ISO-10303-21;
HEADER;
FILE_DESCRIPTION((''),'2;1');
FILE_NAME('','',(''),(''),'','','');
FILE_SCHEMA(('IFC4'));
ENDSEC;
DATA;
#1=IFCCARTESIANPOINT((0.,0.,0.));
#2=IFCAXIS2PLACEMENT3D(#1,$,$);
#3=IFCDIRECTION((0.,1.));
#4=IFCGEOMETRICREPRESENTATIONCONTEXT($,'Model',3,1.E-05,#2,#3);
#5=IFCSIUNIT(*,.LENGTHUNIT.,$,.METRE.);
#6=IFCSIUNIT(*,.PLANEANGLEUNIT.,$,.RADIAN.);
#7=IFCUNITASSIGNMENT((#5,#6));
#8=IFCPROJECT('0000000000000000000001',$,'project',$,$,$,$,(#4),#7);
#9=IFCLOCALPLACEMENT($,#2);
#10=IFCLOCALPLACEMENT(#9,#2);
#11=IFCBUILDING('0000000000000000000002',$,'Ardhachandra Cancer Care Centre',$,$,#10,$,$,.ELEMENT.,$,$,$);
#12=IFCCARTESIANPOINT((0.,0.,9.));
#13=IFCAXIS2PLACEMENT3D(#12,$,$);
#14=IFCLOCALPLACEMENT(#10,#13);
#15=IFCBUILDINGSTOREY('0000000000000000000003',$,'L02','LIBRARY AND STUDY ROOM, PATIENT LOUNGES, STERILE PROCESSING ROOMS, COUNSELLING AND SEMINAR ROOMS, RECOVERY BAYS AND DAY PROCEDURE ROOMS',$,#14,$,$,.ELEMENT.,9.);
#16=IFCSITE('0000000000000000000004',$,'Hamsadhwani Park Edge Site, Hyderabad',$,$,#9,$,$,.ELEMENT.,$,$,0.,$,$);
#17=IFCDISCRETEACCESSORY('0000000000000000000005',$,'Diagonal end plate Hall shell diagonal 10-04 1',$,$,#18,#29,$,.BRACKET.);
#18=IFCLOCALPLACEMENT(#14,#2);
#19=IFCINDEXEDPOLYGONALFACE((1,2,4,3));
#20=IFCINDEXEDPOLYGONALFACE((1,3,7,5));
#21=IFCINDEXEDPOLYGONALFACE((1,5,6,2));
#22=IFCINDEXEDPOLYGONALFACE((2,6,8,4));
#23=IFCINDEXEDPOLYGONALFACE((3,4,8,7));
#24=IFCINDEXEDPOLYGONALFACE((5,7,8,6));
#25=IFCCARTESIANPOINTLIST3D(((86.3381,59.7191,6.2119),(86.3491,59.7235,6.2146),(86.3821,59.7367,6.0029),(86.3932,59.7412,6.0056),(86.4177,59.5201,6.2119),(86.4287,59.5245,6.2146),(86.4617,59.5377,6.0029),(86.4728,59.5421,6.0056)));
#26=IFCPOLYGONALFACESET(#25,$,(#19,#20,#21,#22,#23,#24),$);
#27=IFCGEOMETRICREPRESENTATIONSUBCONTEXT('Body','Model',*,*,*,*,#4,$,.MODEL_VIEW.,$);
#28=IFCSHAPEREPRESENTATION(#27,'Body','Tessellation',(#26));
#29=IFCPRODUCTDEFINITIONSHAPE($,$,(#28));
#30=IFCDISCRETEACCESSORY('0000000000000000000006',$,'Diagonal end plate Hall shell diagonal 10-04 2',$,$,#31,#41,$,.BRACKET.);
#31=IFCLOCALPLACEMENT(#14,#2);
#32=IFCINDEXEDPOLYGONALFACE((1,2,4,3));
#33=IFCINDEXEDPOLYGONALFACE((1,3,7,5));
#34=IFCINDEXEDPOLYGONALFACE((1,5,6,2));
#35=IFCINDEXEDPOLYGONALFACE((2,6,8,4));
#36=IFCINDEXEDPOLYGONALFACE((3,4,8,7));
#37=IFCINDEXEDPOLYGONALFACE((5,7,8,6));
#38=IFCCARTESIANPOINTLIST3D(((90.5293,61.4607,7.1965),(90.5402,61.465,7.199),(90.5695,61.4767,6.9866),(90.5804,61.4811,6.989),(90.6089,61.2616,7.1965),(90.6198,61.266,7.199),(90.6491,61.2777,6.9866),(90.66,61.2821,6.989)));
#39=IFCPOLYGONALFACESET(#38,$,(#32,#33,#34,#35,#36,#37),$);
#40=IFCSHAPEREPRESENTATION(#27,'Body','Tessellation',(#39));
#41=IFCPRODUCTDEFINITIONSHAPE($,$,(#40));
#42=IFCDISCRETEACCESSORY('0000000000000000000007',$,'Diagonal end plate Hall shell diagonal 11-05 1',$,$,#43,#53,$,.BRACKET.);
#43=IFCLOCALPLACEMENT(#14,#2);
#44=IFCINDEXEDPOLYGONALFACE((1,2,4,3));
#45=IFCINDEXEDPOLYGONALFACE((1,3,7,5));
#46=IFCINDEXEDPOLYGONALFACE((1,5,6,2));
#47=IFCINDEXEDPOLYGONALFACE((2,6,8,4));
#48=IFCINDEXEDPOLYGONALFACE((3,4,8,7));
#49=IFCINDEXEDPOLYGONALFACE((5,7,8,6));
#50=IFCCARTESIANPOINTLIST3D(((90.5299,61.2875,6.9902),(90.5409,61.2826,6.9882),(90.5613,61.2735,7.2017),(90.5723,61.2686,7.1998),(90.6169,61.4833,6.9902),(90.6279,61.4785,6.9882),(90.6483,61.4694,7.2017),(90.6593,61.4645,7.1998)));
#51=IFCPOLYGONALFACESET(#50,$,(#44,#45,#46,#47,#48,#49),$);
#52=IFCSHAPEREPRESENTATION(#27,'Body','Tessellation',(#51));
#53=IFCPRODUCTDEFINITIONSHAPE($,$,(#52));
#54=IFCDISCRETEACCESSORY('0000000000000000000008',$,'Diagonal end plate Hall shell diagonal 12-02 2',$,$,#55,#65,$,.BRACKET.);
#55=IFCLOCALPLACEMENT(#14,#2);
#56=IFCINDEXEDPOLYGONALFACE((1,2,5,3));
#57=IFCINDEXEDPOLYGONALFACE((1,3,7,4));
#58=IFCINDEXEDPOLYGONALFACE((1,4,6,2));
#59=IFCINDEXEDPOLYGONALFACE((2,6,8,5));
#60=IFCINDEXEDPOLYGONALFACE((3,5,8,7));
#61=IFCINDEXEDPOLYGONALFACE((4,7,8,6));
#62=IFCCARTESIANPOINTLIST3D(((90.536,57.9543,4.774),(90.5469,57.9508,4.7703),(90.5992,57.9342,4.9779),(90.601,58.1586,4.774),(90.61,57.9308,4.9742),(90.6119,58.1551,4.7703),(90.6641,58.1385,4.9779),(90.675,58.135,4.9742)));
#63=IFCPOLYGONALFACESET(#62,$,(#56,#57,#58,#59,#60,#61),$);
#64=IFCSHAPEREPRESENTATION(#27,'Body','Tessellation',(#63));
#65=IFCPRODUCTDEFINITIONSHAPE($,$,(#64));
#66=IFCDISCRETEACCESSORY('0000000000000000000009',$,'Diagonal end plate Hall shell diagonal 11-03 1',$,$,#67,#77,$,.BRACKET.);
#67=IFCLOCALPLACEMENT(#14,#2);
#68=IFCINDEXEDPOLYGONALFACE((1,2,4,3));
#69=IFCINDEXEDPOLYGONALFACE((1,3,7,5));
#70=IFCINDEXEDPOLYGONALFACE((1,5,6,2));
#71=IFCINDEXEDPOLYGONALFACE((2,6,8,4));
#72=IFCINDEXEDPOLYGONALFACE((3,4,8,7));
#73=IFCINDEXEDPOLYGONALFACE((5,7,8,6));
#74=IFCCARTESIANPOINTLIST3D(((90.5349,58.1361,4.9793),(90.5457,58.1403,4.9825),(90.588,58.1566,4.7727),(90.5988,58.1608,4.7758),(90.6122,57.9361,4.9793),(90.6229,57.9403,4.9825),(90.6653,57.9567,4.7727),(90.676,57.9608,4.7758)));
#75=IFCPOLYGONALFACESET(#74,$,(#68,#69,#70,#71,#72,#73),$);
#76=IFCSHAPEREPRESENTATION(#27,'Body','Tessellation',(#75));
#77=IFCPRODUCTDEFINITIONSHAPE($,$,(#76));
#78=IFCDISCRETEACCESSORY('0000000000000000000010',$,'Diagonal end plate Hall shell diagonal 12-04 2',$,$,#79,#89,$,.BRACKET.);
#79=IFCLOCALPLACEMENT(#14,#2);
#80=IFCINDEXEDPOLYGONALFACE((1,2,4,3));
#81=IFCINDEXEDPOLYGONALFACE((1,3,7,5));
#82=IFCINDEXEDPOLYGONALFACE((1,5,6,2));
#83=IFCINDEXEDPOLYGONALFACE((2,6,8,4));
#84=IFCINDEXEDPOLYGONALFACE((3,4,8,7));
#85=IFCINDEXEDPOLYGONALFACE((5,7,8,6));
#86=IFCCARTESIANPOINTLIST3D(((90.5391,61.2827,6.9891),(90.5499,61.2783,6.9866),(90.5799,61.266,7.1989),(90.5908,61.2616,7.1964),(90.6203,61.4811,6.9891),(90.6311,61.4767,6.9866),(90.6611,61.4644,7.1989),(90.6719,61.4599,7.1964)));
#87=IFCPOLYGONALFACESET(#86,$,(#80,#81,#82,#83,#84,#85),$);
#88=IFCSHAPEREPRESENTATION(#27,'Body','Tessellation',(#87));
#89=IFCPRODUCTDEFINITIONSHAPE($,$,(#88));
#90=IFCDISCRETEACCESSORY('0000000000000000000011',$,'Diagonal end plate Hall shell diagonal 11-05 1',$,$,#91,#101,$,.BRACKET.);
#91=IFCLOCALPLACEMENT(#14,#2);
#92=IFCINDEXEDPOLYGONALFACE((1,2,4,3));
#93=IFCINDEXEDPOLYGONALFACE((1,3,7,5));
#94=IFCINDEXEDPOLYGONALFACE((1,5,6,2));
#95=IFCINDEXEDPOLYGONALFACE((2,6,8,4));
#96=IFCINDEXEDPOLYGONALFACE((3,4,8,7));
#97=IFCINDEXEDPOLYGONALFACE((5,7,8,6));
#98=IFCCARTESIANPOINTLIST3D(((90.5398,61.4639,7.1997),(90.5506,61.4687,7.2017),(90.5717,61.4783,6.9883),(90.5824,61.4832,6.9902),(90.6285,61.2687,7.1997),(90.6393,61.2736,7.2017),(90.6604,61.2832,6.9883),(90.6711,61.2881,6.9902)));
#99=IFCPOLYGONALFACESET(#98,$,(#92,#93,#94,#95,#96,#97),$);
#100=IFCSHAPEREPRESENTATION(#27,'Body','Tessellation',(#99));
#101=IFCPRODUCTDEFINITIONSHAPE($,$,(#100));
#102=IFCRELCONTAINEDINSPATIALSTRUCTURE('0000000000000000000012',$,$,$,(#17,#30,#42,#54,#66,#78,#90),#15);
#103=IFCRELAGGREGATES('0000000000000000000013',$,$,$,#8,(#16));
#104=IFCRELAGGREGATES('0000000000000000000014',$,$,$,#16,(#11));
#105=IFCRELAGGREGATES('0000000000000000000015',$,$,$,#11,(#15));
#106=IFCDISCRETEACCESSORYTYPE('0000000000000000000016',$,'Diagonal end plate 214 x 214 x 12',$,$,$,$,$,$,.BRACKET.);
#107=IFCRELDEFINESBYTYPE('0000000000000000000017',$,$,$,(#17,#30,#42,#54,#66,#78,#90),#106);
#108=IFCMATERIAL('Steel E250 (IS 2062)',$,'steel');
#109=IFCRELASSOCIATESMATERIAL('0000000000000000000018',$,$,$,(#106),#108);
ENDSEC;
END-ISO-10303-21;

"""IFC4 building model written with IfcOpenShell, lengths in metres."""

from ifc_helpers import new_model, si_unit, direction, frame, origin, origin_2d, place, context, subcontext, project, spatial, rectangle, extrude, material, material_profile, profile_set, type_object, element, save


model = new_model("IFC4")

# Units and contexts
model_context = context("Model", 3, precision=1e-05, world=origin(), true_north=direction((0.0, 1.0)))
body_context = subcontext(model_context, "Body", "Model", "MODEL_VIEW")
ifc_project = project(units=[si_unit("LENGTHUNIT", "METRE"), si_unit("PLANEANGLEUNIT", "RADIAN")], contexts=[model_context])

# Site, building, storey
site_placement = place(None, origin())
site = spatial("IfcSite", under=ifc_project, at=site_placement, Name="Hamsadhwani Park Edge Site, Hyderabad", CompositionType="ELEMENT", RefElevation=0.0)
building_placement = place(site_placement, origin())
building = spatial("IfcBuilding", under=site, at=building_placement, Name="Ardhachandra Cancer Care Centre", CompositionType="ELEMENT")
storey_placement = place(building_placement, frame((0.0, 0.0, 9.0)))
storey = spatial("IfcBuildingStorey", under=building, at=storey_placement, Name="L02", Description="LIBRARY AND STUDY ROOM, PATIENT LOUNGES, STERILE PROCESSING ROOMS, COUNSELLING AND SEMINAR ROOMS, RECOVERY BAYS AND DAY PROCEDURE ROOMS", CompositionType="ELEMENT", Elevation=9.0)

# Discrete accessories
ifc_material_1 = material(Name="Steel E250 (IS 2062)", Category="steel")
ifc_material_profile_1 = material_profile(ifc_material_1, rectangle(XDim=0.2144, YDim=0.2144, at=origin_2d()), Name="PL 214x214x12")
ifc_profile_set_1 = profile_set([ifc_material_profile_1], Name="Steel E250 (IS 2062)")
discrete_accessory_type = type_object("IfcDiscreteAccessoryType", Name="Diagonal end plate 214 x 214 x 12", PredefinedType="BRACKET", material=ifc_profile_set_1)
for number, where, z_axis, x_axis, name in (
    (1, (86.3999, 59.6284, 6.1074), (0.905449, 0.36218, 0.221332), (-0.371391, 0.928477, 0.0), "Diagonal end plate Hall shell diagonal 10-04 1"),
):
    element("IfcDiscreteAccessory", number, at=place(storey_placement, frame(where, z_axis=z_axis, x_axis=x_axis)), inside=storey, type_object=discrete_accessory_type, Name=name, PredefinedType="BRACKET", context=body_context, shape_type="SweptSolid", body=[
        extrude(rectangle(XDim=0.2144, YDim=0.2144, at=origin_2d()), origin(), (0.0, 0.0, 1.0), 0.0122),
    ])
discrete_accessory_1_placement = place(storey_placement, frame((90.6001, 61.3735, 7.094), z_axis=(-0.909323, -0.363729, -0.202072), x_axis=(0.371391, -0.928477, 0.0)))
element("IfcDiscreteAccessory", 2, at=discrete_accessory_1_placement, inside=storey, type_object=discrete_accessory_type, Name="Diagonal end plate Hall shell diagonal 10-04 2", PredefinedType="BRACKET", context=body_context, shape_type="SweptSolid", body=[
    extrude(rectangle(XDim=0.2144, YDim=0.2144, at=origin_2d()), origin(), (0.0, 0.0, 1.0), 0.012),
])
discrete_accessory_2_placement = place(storey_placement, frame((90.6001, 61.3735, 7.094), z_axis=(-0.901987, 0.400883, 0.160353), x_axis=(-0.406138, -0.913812, 0.0)))
element("IfcDiscreteAccessory", 3, at=discrete_accessory_2_placement, inside=storey, type_object=discrete_accessory_type, Name="Diagonal end plate Hall shell diagonal 11-05 1", PredefinedType="BRACKET", context=body_context, shape_type="SweptSolid", body=[
    extrude(rectangle(XDim=0.2144, YDim=0.2144, at=origin_2d()), origin(), (0.0, 0.0, 1.0), 0.0122),
])
for number, where, z_axis, x_axis, name in (
    (4, (90.6001, 58.0464, 4.876), (0.906302, -0.288369, -0.308967), (0.303204, 0.952926, 0.0), "Diagonal end plate Hall shell diagonal 12-02 2"),
    (5, (90.6001, 58.0464, 4.876), (0.899271, 0.347446, 0.265694), (-0.360399, 0.932798, 0.0), "Diagonal end plate Hall shell diagonal 11-03 1"),
    (6, (90.6001, 61.3735, 7.094), (0.905726, -0.370524, -0.205847), (0.378633, 0.925547, 0.0), "Diagonal end plate Hall shell diagonal 12-04 2"),
    (7, (90.6001, 61.3735, 7.094), (0.898146, 0.408248, 0.163299), (-0.413803, 0.910366, 0.0), "Diagonal end plate Hall shell diagonal 11-05 1"),
):
    element("IfcDiscreteAccessory", number, at=place(storey_placement, frame(where, z_axis=z_axis, x_axis=x_axis)), inside=storey, type_object=discrete_accessory_type, Name=name, PredefinedType="BRACKET", context=body_context, shape_type="SweptSolid", body=[
        extrude(rectangle(XDim=0.2144, YDim=0.2144, at=origin_2d()), origin(), (0.0, 0.0, 1.0), 0.012),
    ])

save(model, "model.ifc")
